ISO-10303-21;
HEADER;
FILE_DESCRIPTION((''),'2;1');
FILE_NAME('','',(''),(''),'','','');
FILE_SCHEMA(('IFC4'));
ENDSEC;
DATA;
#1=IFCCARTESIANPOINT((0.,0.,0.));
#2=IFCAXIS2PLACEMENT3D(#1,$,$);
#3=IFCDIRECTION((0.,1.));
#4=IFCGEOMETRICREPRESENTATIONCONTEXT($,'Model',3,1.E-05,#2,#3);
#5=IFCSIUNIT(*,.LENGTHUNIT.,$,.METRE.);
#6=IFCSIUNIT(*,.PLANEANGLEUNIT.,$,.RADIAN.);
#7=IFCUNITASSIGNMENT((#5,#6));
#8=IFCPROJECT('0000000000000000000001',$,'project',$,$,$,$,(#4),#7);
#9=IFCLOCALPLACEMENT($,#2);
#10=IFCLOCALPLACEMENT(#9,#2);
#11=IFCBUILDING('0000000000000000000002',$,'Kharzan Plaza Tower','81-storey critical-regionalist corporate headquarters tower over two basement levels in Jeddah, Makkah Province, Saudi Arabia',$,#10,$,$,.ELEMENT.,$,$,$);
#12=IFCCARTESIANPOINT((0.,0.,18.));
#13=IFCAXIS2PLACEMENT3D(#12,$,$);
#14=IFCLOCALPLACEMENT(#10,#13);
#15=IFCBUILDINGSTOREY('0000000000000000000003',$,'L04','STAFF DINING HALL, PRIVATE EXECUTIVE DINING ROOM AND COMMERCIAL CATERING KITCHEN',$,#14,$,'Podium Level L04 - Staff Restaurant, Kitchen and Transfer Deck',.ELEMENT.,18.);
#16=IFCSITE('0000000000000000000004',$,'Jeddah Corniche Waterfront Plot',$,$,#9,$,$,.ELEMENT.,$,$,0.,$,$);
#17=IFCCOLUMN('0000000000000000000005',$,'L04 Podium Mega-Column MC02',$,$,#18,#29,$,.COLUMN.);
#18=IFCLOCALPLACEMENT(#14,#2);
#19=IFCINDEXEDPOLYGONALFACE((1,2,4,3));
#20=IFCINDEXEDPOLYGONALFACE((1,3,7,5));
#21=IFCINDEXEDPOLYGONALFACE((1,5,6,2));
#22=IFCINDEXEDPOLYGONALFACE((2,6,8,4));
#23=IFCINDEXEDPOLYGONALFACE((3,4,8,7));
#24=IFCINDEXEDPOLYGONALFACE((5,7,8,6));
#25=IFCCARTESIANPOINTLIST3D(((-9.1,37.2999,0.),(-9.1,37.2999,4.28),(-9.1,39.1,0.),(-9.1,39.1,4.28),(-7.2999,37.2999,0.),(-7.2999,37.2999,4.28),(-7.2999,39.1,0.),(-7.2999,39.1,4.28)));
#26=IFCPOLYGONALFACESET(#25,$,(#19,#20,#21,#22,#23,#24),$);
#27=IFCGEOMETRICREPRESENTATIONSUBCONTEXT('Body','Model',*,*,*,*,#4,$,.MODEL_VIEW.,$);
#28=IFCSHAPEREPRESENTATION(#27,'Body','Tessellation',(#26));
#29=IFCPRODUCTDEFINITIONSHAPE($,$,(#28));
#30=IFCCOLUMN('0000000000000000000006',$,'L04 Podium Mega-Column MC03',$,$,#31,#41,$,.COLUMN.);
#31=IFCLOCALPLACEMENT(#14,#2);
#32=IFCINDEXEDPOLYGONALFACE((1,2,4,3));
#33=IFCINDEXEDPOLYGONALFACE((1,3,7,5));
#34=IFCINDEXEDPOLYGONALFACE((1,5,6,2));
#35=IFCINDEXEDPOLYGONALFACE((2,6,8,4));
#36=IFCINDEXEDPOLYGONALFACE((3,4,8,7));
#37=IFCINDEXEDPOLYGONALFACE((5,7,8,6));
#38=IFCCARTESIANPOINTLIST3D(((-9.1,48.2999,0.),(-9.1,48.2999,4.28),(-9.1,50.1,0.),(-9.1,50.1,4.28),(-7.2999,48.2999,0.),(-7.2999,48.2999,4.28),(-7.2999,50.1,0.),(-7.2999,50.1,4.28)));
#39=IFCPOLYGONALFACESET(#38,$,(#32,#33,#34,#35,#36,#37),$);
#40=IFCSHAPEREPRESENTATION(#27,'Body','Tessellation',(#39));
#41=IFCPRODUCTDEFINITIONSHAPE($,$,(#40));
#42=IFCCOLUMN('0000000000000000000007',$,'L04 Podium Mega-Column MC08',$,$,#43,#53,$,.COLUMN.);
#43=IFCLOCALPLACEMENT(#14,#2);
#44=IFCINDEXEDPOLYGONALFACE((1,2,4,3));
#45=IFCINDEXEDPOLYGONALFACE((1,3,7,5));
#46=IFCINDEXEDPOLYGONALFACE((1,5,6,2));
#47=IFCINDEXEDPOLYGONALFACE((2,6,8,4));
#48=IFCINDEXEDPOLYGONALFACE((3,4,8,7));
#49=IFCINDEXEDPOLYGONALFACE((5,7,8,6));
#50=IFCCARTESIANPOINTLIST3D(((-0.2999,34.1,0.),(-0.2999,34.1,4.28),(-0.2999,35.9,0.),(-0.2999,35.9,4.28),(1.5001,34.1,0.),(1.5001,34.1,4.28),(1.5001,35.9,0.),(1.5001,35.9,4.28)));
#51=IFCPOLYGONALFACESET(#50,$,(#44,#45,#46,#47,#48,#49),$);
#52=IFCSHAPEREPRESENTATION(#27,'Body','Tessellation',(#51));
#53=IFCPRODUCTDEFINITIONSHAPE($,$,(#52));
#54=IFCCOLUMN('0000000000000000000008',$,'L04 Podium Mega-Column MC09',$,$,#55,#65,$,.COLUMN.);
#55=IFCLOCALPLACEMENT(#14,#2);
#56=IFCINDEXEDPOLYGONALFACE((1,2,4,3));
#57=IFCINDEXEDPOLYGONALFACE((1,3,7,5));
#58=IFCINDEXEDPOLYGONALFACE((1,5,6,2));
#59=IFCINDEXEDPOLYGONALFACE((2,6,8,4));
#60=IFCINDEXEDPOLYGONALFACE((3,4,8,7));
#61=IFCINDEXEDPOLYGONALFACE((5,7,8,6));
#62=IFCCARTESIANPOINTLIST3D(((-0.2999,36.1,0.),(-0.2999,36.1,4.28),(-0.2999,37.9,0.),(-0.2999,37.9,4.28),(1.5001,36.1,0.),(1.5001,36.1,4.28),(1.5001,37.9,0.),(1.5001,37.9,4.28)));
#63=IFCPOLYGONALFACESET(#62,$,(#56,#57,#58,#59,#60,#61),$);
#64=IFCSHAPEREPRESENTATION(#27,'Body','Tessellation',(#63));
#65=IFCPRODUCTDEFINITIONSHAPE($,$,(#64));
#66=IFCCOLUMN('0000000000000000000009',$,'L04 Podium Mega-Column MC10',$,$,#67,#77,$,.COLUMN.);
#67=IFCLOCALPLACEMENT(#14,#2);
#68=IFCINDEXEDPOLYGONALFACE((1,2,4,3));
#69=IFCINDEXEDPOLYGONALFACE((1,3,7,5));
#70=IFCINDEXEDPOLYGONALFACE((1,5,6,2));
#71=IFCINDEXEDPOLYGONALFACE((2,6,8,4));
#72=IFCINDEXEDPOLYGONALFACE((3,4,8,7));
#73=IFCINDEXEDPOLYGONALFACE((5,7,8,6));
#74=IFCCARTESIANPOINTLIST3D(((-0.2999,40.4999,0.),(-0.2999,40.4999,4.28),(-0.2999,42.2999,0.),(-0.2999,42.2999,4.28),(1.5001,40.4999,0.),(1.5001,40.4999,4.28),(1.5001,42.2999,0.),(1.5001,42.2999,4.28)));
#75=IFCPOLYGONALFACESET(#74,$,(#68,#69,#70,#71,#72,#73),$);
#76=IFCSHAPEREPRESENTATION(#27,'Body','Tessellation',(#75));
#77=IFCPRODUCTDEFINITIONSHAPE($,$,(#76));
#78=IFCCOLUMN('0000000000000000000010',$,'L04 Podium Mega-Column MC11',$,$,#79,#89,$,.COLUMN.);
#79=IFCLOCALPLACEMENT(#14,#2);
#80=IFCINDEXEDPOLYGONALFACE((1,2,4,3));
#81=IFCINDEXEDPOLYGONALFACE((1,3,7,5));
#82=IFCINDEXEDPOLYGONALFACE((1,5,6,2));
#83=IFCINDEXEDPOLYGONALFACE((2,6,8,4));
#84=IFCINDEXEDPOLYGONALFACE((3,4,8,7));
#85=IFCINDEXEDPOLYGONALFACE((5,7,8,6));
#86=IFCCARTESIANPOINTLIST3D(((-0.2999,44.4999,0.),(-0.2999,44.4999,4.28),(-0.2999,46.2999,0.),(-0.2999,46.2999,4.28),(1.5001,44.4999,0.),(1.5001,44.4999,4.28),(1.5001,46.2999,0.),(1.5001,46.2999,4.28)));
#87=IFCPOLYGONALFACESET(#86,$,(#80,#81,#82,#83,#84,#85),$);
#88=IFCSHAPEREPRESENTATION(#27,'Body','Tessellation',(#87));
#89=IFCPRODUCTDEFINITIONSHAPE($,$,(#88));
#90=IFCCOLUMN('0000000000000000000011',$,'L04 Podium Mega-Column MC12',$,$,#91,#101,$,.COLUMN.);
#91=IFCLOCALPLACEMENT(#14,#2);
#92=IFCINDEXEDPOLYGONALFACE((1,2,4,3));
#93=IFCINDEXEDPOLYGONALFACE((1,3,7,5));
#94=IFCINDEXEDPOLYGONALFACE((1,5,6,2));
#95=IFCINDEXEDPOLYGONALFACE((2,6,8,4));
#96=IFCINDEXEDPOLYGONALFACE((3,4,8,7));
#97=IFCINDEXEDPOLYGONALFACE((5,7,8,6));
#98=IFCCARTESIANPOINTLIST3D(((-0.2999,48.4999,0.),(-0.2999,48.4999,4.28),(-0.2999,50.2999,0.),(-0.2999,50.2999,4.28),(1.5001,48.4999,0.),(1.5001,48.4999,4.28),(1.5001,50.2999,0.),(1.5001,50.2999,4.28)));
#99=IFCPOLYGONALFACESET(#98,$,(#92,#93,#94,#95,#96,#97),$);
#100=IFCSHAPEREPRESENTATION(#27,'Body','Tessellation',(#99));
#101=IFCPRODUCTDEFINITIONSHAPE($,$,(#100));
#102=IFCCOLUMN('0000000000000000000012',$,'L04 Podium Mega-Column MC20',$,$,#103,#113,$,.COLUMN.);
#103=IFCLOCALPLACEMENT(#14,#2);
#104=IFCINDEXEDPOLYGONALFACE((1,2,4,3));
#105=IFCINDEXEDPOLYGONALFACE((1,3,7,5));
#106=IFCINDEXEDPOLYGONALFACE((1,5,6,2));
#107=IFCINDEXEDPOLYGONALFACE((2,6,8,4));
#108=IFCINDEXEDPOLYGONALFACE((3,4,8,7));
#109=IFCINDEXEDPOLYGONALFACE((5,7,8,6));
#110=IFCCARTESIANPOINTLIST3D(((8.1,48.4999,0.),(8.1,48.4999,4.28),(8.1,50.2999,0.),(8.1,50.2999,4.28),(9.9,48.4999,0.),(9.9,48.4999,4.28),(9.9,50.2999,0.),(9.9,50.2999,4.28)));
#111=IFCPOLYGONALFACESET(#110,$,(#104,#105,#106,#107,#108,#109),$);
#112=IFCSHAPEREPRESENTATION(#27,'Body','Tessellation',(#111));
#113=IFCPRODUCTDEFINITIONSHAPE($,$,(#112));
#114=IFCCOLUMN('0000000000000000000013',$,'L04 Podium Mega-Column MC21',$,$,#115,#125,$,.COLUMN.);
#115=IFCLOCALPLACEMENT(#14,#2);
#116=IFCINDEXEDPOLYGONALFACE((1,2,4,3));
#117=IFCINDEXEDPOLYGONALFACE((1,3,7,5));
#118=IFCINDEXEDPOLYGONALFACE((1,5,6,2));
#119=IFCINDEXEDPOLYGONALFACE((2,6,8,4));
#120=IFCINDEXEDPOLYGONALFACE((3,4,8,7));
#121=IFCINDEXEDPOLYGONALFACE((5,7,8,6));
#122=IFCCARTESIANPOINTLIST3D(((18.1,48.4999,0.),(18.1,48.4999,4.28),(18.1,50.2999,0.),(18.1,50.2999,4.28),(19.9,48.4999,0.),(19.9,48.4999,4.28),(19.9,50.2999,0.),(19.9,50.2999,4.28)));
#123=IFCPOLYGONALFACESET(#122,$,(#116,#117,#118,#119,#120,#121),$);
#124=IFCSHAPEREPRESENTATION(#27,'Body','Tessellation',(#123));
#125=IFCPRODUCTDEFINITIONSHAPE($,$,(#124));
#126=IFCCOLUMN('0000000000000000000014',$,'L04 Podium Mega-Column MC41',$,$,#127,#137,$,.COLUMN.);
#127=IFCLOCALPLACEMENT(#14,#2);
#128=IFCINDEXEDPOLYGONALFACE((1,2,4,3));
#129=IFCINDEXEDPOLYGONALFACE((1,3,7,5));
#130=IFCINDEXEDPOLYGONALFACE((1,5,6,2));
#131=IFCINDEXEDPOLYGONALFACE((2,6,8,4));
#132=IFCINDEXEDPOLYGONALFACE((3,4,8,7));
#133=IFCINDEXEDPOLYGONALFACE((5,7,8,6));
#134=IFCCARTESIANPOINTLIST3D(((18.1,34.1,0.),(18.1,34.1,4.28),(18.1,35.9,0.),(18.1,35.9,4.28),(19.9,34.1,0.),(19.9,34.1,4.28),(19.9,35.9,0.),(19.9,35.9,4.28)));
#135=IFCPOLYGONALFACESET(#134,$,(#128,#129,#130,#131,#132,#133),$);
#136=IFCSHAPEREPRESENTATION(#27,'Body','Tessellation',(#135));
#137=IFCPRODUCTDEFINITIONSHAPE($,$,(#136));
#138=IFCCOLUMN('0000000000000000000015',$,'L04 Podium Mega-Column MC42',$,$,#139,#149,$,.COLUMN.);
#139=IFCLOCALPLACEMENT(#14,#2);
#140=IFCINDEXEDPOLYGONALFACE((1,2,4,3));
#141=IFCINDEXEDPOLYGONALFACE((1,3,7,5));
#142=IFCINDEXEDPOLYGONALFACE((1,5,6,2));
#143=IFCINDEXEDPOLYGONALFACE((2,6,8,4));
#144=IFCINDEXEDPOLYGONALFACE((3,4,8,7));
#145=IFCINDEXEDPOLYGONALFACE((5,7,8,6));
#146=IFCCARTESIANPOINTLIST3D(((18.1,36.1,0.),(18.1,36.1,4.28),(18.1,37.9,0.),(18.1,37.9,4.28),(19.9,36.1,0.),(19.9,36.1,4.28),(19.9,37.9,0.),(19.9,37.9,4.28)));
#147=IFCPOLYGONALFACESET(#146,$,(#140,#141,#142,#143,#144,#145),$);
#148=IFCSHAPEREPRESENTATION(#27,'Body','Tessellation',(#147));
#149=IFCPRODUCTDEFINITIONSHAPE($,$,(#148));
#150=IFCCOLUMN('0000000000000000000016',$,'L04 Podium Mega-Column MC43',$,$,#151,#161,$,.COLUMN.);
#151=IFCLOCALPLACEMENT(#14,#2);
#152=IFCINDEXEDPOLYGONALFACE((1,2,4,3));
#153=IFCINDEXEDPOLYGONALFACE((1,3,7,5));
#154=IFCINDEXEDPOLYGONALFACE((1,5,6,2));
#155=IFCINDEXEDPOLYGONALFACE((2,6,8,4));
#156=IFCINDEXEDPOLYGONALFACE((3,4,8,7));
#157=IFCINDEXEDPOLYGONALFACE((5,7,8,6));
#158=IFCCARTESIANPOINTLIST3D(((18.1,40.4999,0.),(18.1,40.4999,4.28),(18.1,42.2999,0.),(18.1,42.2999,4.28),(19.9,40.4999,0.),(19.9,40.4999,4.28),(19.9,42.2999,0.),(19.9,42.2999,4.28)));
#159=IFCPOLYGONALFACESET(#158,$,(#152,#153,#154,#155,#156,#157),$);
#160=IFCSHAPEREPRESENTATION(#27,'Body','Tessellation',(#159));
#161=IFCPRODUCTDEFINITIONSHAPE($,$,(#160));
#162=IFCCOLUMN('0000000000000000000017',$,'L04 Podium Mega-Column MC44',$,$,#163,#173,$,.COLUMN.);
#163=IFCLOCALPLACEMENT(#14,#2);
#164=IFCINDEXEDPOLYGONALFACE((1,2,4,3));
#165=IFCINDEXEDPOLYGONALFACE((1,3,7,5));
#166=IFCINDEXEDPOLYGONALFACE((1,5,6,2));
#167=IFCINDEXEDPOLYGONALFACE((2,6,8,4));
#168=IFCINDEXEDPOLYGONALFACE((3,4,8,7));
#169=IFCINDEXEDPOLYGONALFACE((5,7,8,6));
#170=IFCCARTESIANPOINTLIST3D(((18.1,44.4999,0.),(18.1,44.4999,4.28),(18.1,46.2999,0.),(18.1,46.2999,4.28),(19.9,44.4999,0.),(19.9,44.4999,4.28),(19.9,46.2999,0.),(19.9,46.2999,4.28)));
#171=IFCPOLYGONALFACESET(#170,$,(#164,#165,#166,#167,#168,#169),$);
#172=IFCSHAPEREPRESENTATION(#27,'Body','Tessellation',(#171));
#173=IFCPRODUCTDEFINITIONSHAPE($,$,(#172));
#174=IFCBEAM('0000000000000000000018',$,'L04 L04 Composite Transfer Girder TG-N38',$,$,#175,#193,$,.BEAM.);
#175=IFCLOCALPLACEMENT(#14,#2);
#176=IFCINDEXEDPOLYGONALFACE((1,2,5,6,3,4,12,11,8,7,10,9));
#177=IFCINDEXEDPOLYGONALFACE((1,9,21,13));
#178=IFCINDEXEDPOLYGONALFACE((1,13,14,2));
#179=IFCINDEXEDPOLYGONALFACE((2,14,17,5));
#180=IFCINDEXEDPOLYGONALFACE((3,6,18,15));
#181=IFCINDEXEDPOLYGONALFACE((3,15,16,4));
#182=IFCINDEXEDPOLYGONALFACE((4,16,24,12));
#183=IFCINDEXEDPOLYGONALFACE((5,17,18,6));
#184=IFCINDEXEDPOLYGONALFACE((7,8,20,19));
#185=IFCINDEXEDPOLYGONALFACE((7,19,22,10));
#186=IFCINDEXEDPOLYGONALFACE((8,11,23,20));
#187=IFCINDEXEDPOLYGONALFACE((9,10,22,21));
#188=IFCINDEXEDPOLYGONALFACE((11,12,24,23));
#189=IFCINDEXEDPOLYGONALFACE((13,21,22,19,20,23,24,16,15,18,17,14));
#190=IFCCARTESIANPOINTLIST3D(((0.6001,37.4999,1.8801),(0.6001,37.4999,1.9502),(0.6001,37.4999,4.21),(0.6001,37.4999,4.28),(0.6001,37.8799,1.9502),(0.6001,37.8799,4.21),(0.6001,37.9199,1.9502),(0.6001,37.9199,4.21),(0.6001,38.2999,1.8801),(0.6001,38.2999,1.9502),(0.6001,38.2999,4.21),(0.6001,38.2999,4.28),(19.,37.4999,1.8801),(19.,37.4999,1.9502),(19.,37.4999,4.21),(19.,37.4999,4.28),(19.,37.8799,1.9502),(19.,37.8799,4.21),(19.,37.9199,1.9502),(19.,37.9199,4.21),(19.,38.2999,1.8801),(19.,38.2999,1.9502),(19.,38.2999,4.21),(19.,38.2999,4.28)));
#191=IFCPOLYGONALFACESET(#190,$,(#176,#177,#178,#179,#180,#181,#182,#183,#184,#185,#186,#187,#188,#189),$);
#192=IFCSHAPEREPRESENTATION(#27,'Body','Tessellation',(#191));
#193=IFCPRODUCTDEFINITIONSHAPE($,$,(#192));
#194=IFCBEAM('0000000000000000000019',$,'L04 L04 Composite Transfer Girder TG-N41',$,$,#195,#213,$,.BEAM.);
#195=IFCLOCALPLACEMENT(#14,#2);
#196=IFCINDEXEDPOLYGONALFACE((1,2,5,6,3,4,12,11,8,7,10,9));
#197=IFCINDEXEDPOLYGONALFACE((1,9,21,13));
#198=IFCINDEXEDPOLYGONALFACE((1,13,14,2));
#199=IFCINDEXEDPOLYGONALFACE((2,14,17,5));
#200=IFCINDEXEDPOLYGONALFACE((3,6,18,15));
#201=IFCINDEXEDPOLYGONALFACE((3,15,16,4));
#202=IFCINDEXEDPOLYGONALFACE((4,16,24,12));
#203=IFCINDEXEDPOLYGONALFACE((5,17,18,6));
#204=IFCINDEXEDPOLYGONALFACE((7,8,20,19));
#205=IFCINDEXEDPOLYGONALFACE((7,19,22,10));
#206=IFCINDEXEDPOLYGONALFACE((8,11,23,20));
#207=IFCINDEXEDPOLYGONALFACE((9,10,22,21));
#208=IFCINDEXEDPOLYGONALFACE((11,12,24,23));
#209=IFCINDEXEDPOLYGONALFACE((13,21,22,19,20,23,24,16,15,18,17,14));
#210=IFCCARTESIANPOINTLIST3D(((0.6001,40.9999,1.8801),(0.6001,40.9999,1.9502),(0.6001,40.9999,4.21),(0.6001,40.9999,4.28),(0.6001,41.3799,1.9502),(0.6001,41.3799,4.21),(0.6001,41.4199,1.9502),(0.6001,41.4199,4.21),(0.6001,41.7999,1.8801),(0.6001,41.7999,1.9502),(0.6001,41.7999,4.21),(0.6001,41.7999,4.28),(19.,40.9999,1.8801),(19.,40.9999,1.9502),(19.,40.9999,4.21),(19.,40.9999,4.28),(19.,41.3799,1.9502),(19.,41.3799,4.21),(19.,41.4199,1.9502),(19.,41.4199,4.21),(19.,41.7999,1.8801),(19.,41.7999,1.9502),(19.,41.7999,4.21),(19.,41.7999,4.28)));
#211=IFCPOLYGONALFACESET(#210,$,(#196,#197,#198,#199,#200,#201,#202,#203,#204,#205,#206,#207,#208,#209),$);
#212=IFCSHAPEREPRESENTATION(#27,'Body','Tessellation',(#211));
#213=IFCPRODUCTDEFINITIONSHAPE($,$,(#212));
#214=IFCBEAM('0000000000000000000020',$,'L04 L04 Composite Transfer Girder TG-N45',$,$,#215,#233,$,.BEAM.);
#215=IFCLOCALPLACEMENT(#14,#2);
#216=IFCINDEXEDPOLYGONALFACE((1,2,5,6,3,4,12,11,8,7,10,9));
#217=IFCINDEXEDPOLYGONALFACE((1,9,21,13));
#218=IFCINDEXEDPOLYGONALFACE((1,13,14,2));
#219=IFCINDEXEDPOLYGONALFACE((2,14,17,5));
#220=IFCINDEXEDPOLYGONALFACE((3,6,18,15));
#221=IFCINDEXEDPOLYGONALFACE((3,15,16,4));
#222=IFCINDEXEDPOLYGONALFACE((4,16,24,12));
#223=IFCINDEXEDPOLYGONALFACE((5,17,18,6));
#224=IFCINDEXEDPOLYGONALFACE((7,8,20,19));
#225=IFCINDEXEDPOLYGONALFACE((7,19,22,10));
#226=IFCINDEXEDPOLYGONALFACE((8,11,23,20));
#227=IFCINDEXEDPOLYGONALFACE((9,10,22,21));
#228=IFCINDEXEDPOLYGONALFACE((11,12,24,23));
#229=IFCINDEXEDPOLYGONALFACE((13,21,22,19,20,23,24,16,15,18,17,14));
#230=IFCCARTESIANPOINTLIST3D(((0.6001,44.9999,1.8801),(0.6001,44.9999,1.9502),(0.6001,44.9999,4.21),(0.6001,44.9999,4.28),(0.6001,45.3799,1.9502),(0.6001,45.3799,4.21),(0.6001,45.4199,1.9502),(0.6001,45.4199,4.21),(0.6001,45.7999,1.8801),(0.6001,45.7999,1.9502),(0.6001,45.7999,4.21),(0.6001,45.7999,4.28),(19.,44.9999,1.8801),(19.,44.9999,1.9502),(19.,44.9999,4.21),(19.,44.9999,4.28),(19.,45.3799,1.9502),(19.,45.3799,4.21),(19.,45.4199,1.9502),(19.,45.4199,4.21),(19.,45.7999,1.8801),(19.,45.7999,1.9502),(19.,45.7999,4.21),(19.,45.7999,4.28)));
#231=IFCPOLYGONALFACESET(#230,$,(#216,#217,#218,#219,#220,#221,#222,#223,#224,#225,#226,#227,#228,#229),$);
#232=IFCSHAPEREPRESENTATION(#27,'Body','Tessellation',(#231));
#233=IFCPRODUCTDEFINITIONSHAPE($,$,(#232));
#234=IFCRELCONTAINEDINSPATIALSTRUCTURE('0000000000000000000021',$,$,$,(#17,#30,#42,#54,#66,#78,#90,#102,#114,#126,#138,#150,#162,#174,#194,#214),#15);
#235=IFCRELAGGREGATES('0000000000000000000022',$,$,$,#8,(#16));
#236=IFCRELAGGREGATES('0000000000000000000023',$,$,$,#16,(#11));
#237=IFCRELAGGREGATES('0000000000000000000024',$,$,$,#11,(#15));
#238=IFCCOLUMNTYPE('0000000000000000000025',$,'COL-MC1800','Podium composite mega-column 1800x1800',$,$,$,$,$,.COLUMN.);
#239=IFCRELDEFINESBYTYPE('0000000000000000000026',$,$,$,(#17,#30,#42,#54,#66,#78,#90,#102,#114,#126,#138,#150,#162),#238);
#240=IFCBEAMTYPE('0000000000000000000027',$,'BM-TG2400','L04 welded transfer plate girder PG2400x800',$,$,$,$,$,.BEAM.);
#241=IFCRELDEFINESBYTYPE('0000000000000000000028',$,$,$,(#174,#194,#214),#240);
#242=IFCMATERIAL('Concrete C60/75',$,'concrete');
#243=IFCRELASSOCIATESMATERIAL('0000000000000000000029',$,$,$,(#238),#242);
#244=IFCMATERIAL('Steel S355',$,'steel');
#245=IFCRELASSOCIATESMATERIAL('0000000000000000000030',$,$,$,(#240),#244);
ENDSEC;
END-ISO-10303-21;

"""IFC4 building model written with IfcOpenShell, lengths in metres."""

from ifc_helpers import new_model, si_unit, direction, frame, origin, origin_2d, place, context, subcontext, project, spatial, rectangle, i_section, extrude, source, transform, mapped, material, material_profile, profile_set, type_object, element, save


model = new_model("IFC4")

# Units and contexts
model_context = context("Model", 3, precision=1e-05, world=origin(), true_north=direction((0.0, 1.0)))
body_context = subcontext(model_context, "Body", "Model", "MODEL_VIEW")
ifc_project = project(units=[si_unit("LENGTHUNIT", "METRE"), si_unit("PLANEANGLEUNIT", "RADIAN")], contexts=[model_context])

# Site, building, storey
site_placement = place(None, origin())
site = spatial("IfcSite", under=ifc_project, at=site_placement, Name="Jeddah Corniche Waterfront Plot", CompositionType="ELEMENT", RefElevation=0.0)
building_placement = place(site_placement, origin())
building = spatial("IfcBuilding", under=site, at=building_placement, Name="Kharzan Plaza Tower", Description="81-storey critical-regionalist corporate headquarters tower over two basement levels in Jeddah, Makkah Province, Saudi Arabia", CompositionType="ELEMENT")
storey_placement = place(building_placement, frame((0.0, 0.0, 18.0)))
storey = spatial("IfcBuildingStorey", under=building, at=storey_placement, Name="L04", Description="STAFF DINING HALL, PRIVATE EXECUTIVE DINING ROOM AND COMMERCIAL CATERING KITCHEN", LongName="Podium Level L04 - Staff Restaurant, Kitchen and Transfer Deck", CompositionType="ELEMENT", Elevation=18.0)

# Columns
ifc_material_1 = material(Name="Concrete C60/75", Category="concrete")
ifc_material_profile_1 = material_profile(ifc_material_1, rectangle(XDim=1.8, YDim=1.8, at=origin_2d()), Name="RC-MC1800x1800")
ifc_profile_set_1 = profile_set([ifc_material_profile_1], Name="Concrete C60/75")
column_type = type_object("IfcColumnType", Name="COL-MC1800", Description="Podium composite mega-column 1800x1800", PredefinedType="COLUMN", material=ifc_profile_set_1)
shared_shape_1 = source(origin(), body_context, "Body", "SweptSolid", [
    extrude(rectangle(XDim=1.8, YDim=1.8, at=origin_2d()), origin(), (0.0, 0.0, 1.0), 4.28),
])
for number, where, z_axis, x_axis, name in (
    (1, (-8.2, 38.2, 0.0), (0.0, 0.0, 1.0), (1.0, 0.0, 0.0), "L04 Podium Mega-Column MC02"),
    (2, (-8.2, 49.2, 0.0), (0.0, 0.0, 1.0), (1.0, 0.0, 0.0), "L04 Podium Mega-Column MC03"),
    (3, (0.6001, 35.0, 0.0), (0.0, 0.0, 1.0), (1.0, 0.0, 0.0), "L04 Podium Mega-Column MC08"),
    (4, (0.6001, 37.0, 0.0), (0.0, 0.0, 1.0), (1.0, 0.0, 0.0), "L04 Podium Mega-Column MC09"),
    (5, (0.6001, 41.3999, 0.0), (0.0, 0.0, 1.0), (1.0, 0.0, 0.0), "L04 Podium Mega-Column MC10"),
    (6, (0.6001, 45.3999, 0.0), (0.0, 0.0, 1.0), (1.0, 0.0, 0.0), "L04 Podium Mega-Column MC11"),
    (7, (0.6001, 49.3999, 0.0), (0.0, 0.0, 1.0), (1.0, 0.0, 0.0), "L04 Podium Mega-Column MC12"),
    (8, (9.0, 49.3999, 0.0), (0.0, 0.0, 1.0), (1.0, 0.0, 0.0), "L04 Podium Mega-Column MC20"),
    (9, (19.0, 49.3999, 0.0), (0.0, 0.0, 1.0), (1.0, 0.0, 0.0), "L04 Podium Mega-Column MC21"),
    (10, (19.0, 35.0, 0.0), (0.0, 0.0, 1.0), (1.0, 0.0, 0.0), "L04 Podium Mega-Column MC41"),
    (11, (19.0, 37.0, 0.0), (0.0, 0.0, 1.0), (1.0, 0.0, 0.0), "L04 Podium Mega-Column MC42"),
    (12, (19.0, 41.3999, 0.0), (0.0, 0.0, 1.0), (1.0, 0.0, 0.0), "L04 Podium Mega-Column MC43"),
    (13, (19.0, 45.3999, 0.0), (0.0, 0.0, 1.0), (1.0, 0.0, 0.0), "L04 Podium Mega-Column MC44"),
):
    element("IfcColumn", number, at=place(storey_placement, frame(where, z_axis=z_axis, x_axis=x_axis)), inside=storey, type_object=column_type, Name=name, PredefinedType="COLUMN", context=body_context, shape_type="MappedRepresentation", body=[
        mapped(shared_shape_1, transform((0.0, 0.0, 0.0), x_axis=(1.0, 0.0, 0.0), y_axis=(0.0, 1.0, 0.0), z_axis=(0.0, 0.0, 1.0))),
    ])

# Beams
ifc_material_2 = material(Name="Steel S355", Category="steel")
ifc_material_profile_2 = material_profile(ifc_material_2, i_section(OverallWidth=0.8, OverallDepth=2.3999, WebThickness=0.04, FlangeThickness=0.0701, at=origin_2d()), Name="PG2400x800")
ifc_profile_set_2 = profile_set([ifc_material_profile_2], Name="Steel S355")
beam_type = type_object("IfcBeamType", Name="BM-TG2400", Description="L04 welded transfer plate girder PG2400x800", PredefinedType="BEAM", material=ifc_profile_set_2)
shared_shape_2 = source(origin(), body_context, "Body", "SweptSolid", [
    extrude(i_section(OverallWidth=0.8, OverallDepth=2.3999, WebThickness=0.04, FlangeThickness=0.0701, at=origin_2d()), origin(), (0.0, 0.0, 1.0), 18.3999),
])
for number, where, z_axis, x_axis, name in (
    (14, (0.6001, 37.8999, 3.0801), (1.0, 0.0, 0.0), (0.0, 1.0, 0.0), "L04 L04 Composite Transfer Girder TG-N38"),
    (15, (0.6001, 41.3999, 3.0801), (1.0, 0.0, 0.0), (0.0, 1.0, 0.0), "L04 L04 Composite Transfer Girder TG-N41"),
    (16, (0.6001, 45.3999, 3.0801), (1.0, 0.0, 0.0), (0.0, 1.0, 0.0), "L04 L04 Composite Transfer Girder TG-N45"),
):
    element("IfcBeam", number, at=place(storey_placement, frame(where, z_axis=z_axis, x_axis=x_axis)), inside=storey, type_object=beam_type, Name=name, PredefinedType="BEAM", context=body_context, shape_type="MappedRepresentation", body=[
        mapped(shared_shape_2, transform((0.0, 0.0, 0.0), x_axis=(1.0, 0.0, 0.0), y_axis=(0.0, 1.0, 0.0), z_axis=(0.0, 0.0, 1.0))),
    ])

save(model, "model.ifc")
